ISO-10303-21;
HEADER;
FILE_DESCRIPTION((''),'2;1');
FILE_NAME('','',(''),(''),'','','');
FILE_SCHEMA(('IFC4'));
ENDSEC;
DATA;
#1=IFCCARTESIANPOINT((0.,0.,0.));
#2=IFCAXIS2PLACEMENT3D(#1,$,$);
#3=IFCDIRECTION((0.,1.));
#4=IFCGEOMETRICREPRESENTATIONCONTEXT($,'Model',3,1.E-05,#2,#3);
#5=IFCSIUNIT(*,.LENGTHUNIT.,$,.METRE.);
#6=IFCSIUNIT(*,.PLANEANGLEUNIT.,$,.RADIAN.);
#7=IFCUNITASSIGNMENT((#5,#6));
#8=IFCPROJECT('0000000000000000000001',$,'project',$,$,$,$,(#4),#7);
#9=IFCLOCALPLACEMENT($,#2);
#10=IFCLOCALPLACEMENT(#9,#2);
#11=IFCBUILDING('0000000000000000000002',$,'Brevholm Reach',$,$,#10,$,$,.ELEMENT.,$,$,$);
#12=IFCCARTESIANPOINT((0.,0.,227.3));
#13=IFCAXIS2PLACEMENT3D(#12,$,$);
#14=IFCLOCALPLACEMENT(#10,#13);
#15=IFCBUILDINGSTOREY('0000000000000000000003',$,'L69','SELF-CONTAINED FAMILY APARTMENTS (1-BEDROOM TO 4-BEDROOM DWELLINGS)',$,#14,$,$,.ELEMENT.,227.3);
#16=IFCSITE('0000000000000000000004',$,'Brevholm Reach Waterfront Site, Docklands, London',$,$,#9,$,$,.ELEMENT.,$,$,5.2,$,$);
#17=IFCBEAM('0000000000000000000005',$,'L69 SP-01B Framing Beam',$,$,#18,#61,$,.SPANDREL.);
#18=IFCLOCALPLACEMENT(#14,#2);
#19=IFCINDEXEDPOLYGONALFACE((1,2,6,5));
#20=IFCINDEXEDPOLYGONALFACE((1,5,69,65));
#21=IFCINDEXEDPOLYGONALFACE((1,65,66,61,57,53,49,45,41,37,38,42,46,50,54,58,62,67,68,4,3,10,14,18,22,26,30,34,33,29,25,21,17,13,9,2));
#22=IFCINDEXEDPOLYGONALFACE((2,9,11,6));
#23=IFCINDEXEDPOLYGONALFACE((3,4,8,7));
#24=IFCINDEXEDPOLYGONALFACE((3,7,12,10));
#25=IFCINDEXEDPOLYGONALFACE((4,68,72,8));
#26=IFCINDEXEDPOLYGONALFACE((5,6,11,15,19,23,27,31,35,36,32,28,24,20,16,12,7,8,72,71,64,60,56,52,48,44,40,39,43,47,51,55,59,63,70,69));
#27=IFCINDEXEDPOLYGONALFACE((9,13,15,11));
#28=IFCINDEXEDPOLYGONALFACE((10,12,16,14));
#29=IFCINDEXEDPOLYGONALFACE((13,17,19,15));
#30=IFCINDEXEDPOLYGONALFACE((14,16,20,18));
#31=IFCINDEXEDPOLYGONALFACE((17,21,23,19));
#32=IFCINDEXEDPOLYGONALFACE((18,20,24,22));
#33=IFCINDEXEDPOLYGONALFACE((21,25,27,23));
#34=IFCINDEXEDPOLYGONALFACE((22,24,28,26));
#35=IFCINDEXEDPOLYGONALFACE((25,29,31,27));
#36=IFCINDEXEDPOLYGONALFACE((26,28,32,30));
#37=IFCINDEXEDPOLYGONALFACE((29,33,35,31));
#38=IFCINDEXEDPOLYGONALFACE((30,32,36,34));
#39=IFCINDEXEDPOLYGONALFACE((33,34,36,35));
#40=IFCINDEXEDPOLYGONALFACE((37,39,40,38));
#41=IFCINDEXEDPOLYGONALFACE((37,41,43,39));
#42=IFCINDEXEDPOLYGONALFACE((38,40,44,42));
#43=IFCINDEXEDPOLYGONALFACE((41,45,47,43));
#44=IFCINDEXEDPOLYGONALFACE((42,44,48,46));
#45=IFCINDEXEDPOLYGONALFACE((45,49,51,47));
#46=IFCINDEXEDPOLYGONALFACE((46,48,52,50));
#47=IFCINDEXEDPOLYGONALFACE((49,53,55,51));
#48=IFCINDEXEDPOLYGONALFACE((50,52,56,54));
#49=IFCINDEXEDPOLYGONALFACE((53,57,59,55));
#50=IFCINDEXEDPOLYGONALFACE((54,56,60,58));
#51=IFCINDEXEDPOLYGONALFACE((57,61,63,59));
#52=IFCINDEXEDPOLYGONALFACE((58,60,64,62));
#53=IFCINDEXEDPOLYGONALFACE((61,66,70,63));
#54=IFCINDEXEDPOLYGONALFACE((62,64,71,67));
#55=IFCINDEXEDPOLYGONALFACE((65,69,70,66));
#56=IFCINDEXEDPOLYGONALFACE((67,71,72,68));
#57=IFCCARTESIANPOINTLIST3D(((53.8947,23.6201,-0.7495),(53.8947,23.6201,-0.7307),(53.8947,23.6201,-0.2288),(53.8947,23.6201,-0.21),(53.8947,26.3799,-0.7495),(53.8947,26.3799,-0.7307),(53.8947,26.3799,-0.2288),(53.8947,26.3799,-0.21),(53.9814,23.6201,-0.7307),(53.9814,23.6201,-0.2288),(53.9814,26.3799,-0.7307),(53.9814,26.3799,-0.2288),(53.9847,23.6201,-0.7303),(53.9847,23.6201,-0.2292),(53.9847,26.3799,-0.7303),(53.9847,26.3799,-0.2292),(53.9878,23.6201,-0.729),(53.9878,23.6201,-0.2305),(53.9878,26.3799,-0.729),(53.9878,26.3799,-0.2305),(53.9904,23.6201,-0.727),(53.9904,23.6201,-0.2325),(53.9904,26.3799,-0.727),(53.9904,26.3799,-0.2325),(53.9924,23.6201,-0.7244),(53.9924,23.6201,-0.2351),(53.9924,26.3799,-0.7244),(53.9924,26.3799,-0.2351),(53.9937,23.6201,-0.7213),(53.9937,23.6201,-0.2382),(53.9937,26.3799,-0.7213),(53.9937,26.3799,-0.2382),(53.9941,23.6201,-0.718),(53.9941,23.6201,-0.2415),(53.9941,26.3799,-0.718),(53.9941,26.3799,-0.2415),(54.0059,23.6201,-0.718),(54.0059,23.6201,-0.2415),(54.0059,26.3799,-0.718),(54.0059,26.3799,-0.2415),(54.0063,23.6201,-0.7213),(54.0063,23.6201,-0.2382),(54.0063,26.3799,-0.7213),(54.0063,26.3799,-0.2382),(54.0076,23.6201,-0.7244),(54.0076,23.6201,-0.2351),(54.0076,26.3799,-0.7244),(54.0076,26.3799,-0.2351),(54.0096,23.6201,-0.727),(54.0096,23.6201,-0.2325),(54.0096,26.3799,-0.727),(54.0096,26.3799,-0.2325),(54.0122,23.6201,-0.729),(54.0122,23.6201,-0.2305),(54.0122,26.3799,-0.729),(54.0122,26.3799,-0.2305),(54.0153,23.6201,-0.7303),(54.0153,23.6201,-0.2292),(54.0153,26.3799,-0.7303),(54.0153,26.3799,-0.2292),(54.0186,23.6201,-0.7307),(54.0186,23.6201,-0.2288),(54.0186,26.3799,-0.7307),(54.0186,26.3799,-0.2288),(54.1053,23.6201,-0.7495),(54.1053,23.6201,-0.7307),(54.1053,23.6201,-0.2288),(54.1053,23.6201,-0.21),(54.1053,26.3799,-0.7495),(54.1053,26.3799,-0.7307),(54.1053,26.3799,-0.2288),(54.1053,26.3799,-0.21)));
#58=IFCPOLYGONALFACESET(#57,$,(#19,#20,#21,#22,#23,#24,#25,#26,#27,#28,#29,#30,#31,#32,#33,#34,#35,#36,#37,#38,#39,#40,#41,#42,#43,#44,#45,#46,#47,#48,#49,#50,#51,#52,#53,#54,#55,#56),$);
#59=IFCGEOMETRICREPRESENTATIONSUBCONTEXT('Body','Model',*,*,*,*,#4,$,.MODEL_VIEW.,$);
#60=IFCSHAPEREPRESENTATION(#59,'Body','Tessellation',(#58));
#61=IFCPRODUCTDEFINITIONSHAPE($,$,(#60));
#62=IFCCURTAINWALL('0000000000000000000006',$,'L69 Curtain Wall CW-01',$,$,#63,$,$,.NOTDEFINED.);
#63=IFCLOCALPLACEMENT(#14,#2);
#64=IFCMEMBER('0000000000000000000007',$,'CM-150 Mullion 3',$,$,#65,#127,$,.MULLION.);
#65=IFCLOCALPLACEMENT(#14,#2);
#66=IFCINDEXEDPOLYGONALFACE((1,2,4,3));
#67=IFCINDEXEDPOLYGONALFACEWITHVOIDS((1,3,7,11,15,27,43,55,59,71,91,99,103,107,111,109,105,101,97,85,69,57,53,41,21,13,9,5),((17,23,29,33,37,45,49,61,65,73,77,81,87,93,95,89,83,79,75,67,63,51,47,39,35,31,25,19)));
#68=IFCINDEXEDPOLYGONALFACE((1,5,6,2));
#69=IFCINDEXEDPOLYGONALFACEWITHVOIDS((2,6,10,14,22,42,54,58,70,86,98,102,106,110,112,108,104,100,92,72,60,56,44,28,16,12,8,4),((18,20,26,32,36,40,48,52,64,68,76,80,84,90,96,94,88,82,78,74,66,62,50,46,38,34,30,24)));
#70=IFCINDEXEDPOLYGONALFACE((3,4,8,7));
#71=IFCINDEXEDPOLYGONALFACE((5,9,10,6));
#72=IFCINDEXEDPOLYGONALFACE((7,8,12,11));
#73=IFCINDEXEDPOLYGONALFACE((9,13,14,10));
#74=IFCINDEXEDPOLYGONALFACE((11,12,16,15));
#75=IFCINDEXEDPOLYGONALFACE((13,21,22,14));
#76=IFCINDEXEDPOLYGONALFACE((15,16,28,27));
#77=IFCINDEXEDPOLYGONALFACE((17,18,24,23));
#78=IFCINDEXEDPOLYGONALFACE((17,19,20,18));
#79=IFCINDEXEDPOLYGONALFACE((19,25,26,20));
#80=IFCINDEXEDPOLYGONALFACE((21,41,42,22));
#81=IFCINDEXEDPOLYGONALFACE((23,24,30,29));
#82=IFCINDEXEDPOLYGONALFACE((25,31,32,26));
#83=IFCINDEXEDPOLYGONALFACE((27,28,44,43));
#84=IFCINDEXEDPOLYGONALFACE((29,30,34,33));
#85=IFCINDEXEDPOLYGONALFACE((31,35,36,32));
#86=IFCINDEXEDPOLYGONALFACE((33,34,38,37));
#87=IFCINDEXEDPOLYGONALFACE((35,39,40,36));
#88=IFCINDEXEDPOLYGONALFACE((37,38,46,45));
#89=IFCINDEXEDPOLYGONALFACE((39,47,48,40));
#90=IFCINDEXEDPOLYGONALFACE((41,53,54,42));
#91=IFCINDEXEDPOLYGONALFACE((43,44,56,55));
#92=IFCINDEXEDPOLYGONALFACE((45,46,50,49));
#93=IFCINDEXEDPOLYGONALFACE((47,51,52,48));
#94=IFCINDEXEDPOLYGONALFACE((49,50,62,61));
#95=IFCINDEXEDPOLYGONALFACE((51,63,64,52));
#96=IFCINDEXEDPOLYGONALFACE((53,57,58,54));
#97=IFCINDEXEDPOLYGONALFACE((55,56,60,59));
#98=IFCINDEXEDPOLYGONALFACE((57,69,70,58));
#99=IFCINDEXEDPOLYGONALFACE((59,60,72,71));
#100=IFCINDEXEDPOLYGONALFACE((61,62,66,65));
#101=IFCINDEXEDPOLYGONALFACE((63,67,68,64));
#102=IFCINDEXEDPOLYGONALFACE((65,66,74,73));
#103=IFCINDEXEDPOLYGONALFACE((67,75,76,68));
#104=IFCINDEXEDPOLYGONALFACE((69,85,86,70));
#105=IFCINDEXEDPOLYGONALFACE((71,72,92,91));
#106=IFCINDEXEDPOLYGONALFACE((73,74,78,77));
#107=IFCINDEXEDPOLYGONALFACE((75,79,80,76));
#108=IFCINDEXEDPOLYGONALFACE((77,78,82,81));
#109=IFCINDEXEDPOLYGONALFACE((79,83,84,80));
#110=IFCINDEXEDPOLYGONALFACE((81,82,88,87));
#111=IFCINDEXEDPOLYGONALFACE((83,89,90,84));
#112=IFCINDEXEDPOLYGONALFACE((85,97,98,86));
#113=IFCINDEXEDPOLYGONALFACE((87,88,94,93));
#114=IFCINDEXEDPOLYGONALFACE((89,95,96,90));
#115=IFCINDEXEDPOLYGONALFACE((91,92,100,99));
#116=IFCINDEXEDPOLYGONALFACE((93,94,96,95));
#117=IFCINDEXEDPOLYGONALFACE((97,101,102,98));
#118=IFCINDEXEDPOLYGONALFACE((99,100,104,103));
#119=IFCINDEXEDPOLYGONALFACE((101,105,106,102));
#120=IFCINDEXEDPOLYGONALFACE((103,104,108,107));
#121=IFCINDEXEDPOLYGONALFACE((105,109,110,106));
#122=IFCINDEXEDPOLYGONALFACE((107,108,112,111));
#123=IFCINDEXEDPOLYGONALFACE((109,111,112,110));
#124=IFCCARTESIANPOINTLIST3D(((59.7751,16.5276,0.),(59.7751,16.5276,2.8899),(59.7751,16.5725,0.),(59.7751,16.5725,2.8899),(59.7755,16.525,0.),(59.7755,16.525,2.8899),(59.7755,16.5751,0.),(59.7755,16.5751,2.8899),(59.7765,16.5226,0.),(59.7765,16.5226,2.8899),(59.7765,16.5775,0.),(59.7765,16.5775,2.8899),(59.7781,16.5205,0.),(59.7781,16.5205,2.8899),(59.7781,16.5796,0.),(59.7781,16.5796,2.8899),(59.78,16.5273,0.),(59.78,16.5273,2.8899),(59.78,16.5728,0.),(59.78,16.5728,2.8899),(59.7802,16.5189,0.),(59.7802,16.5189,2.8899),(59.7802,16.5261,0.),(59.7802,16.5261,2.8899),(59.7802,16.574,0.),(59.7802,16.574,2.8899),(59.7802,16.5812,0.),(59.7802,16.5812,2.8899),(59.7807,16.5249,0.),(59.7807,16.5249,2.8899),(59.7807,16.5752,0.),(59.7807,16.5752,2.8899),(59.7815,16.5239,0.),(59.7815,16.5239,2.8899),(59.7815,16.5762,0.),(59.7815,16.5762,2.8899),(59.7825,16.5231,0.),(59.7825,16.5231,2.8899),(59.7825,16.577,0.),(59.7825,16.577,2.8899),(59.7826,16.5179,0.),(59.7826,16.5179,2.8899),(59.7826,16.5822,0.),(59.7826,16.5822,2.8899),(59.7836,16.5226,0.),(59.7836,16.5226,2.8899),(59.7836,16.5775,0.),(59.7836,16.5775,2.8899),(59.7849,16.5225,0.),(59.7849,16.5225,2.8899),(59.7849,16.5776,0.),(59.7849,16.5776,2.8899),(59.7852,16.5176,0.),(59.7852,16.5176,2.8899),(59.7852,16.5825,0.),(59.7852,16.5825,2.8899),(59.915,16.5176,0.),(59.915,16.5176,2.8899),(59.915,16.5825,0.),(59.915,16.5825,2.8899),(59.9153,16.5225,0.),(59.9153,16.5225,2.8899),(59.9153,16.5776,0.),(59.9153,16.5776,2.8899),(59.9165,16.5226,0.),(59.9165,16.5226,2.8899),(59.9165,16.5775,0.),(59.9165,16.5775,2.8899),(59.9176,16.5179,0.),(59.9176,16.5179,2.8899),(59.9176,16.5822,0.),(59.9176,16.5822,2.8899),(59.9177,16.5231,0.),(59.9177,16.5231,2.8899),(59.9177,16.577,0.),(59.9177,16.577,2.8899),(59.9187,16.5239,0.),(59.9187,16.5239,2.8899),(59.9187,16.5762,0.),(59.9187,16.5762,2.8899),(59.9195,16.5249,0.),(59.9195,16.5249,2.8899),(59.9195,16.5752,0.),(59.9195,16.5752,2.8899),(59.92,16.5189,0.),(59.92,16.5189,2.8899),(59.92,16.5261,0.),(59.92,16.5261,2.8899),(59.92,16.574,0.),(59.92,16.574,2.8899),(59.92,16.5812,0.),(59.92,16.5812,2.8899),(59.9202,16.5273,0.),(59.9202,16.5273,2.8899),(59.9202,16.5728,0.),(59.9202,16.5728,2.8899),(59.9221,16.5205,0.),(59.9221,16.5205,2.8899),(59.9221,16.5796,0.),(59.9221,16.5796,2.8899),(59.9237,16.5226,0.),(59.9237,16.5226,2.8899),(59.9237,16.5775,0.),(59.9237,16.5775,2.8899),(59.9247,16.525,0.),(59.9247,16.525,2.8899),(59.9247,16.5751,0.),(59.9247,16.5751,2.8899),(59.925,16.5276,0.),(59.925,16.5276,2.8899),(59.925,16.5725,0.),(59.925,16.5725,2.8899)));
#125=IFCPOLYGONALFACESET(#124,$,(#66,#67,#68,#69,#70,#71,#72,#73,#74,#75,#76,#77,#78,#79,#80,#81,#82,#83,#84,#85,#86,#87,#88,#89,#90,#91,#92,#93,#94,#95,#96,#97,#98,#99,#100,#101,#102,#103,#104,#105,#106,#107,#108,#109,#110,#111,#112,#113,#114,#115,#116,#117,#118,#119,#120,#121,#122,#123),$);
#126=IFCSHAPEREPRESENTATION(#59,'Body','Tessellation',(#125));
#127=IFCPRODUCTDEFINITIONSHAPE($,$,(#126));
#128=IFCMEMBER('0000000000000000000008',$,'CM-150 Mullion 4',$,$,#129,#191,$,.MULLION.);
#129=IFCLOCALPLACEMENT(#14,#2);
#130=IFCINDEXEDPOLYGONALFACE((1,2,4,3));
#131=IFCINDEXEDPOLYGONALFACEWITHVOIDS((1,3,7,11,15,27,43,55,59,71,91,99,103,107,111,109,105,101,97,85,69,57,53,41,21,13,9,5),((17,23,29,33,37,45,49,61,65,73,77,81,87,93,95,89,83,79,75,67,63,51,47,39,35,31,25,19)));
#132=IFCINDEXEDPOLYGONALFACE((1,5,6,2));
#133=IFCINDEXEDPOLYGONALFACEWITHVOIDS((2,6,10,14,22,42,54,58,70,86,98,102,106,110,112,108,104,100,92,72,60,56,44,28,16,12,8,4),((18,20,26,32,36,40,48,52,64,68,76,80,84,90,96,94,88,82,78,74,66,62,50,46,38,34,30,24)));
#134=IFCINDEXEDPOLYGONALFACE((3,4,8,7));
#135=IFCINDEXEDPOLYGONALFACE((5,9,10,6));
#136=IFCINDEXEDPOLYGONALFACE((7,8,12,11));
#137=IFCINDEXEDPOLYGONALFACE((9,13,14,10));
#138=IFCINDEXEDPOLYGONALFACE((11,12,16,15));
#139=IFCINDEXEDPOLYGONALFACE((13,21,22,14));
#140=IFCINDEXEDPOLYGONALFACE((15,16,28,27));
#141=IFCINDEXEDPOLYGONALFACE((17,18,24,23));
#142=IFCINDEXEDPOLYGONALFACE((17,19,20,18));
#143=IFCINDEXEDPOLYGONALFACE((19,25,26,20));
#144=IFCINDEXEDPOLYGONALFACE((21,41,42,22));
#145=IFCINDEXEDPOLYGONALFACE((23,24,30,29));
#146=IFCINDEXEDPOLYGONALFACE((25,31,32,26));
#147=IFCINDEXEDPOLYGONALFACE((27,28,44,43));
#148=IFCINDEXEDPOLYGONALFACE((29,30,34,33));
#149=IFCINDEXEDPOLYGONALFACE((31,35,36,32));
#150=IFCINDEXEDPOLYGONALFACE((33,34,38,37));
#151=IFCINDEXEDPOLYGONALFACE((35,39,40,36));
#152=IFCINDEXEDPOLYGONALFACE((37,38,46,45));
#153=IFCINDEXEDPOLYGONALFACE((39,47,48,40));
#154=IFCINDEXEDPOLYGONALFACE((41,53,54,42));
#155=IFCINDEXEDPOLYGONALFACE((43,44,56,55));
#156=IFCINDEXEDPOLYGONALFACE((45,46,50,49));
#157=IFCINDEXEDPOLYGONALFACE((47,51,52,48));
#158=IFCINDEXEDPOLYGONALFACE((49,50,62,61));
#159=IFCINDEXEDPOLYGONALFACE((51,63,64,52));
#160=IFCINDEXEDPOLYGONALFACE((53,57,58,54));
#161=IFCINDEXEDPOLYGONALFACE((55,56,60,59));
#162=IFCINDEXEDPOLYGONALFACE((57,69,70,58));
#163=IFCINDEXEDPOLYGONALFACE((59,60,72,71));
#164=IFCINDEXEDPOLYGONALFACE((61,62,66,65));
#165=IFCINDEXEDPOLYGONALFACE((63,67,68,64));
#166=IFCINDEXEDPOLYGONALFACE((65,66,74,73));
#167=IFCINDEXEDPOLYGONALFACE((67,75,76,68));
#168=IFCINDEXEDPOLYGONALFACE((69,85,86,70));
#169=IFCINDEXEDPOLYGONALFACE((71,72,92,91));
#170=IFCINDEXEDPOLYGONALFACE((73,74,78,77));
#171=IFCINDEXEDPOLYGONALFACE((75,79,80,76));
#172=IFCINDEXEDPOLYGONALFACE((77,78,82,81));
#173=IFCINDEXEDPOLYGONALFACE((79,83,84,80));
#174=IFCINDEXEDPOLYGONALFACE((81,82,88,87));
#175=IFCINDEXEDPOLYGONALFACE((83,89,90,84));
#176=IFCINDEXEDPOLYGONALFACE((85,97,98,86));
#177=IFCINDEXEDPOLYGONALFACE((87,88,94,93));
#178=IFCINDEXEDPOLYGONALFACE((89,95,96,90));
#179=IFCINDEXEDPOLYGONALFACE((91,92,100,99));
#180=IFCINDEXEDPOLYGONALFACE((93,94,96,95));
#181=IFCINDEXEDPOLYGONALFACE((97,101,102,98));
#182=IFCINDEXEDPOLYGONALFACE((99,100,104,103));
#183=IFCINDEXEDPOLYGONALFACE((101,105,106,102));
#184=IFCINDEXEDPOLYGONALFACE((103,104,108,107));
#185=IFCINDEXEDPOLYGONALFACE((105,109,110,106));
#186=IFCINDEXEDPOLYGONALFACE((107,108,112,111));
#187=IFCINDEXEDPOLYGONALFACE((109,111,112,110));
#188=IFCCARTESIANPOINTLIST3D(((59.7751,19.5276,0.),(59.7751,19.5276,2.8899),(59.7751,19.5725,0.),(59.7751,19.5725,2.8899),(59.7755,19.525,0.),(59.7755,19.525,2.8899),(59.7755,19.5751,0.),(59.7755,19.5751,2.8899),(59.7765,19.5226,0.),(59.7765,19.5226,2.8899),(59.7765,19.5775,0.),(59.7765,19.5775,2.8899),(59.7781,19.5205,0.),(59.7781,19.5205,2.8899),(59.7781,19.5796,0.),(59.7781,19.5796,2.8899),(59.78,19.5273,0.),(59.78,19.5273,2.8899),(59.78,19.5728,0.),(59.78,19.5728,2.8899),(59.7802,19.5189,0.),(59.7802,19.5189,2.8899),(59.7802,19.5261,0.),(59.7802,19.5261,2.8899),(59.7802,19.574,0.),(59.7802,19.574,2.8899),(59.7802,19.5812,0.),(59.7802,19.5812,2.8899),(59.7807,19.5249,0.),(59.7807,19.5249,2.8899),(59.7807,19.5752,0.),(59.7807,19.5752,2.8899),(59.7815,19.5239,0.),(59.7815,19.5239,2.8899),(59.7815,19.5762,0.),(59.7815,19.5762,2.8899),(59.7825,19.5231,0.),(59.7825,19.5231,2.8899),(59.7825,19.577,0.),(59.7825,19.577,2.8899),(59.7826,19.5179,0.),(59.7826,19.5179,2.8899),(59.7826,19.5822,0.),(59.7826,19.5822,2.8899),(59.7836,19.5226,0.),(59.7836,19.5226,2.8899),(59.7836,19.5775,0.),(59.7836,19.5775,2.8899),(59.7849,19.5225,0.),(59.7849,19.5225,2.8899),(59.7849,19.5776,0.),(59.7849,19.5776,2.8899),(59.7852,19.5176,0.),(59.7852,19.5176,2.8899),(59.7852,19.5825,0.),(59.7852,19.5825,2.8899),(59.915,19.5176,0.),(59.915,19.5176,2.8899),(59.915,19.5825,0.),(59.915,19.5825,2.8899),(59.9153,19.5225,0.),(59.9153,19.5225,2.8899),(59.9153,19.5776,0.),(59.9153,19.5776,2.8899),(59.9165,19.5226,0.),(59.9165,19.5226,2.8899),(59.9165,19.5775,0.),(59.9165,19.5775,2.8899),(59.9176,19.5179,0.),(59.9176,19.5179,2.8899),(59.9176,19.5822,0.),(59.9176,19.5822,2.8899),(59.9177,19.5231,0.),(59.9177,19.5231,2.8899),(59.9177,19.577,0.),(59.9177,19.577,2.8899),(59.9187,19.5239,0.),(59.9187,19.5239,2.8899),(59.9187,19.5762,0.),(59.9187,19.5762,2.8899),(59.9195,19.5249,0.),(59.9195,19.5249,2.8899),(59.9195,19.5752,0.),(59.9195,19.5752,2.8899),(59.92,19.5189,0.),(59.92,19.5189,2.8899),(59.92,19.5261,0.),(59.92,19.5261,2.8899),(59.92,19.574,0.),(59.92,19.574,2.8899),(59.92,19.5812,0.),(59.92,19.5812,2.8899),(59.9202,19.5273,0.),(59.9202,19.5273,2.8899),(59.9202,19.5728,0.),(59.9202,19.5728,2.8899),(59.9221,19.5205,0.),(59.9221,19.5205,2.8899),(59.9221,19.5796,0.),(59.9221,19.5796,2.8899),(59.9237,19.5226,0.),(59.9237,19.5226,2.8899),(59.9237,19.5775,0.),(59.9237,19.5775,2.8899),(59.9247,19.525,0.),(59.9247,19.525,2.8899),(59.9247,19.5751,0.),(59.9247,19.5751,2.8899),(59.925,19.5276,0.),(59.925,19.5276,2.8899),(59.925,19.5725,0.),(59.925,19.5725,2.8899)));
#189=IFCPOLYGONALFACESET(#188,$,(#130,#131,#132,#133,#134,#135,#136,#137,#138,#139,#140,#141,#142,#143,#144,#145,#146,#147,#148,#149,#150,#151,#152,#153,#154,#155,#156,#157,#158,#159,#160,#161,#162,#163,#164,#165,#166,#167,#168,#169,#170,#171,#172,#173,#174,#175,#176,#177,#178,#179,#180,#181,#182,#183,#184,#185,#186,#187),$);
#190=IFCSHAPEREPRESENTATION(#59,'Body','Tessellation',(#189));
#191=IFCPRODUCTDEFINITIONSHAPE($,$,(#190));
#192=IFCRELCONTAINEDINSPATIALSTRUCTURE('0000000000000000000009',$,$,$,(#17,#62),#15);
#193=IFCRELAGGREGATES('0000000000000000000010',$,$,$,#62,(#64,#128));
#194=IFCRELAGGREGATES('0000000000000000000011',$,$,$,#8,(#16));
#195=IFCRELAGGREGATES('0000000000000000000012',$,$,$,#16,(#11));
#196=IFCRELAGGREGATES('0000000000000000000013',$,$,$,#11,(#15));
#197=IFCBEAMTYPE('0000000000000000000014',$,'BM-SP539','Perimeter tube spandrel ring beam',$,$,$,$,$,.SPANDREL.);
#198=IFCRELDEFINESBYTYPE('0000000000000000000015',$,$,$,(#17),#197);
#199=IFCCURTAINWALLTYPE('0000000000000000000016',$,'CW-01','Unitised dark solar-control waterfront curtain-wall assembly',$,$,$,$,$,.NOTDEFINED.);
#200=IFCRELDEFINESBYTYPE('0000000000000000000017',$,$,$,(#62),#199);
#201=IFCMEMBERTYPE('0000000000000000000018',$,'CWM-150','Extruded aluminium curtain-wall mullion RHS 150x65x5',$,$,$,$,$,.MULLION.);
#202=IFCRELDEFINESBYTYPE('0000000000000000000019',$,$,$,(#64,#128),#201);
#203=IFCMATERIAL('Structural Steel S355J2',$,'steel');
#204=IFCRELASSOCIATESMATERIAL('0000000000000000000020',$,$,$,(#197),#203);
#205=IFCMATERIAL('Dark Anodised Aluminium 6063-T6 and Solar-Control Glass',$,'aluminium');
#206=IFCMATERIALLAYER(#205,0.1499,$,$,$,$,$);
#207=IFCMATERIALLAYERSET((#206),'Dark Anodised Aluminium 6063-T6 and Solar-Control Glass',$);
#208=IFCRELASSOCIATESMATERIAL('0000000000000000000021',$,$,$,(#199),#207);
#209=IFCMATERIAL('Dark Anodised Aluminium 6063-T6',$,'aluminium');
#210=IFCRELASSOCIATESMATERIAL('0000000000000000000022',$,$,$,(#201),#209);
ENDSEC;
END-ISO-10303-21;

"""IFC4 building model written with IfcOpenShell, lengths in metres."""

from ifc_helpers import new_model, si_unit, direction, frame, origin, origin_2d, place, context, subcontext, project, spatial, hollow_rectangle, i_section, extrude, material, layer, layer_set, material_profile, profile_set, type_object, element, aggregate, save


model = new_model("IFC4")

# Units and contexts
model_context = context("Model", 3, precision=1e-05, world=origin(), true_north=direction((0.0, 1.0)))
body_context = subcontext(model_context, "Body", "Model", "MODEL_VIEW")
ifc_project = project(units=[si_unit("LENGTHUNIT", "METRE"), si_unit("PLANEANGLEUNIT", "RADIAN")], contexts=[model_context])

# Site, building, storey
site_placement = place(None, origin())
site = spatial("IfcSite", under=ifc_project, at=site_placement, Name="Brevholm Reach Waterfront Site, Docklands, London", CompositionType="ELEMENT", RefElevation=5.2)
building_placement = place(site_placement, origin())
building = spatial("IfcBuilding", under=site, at=building_placement, Name="Brevholm Reach", CompositionType="ELEMENT")
storey_placement = place(building_placement, frame((0.0, 0.0, 227.3)))
storey = spatial("IfcBuildingStorey", under=building, at=storey_placement, Name="L69", Description="SELF-CONTAINED FAMILY APARTMENTS (1-BEDROOM TO 4-BEDROOM DWELLINGS)", CompositionType="ELEMENT", Elevation=227.3)

# Beam
ifc_material_1 = material(Name="Structural Steel S355J2", Category="steel")
ifc_material_profile_1 = material_profile(ifc_material_1, i_section(OverallWidth=0.2107, OverallDepth=0.5396, WebThickness=0.0117, FlangeThickness=0.0188, FilletRadius=0.0127, at=origin_2d()), Name="UKB 533x210x109")
ifc_profile_set_1 = profile_set([ifc_material_profile_1], Name="Structural Steel S355J2")
beam_type_1 = type_object("IfcBeamType", Name="BM-SP539", Description="Perimeter tube spandrel ring beam", PredefinedType="SPANDREL", material=ifc_profile_set_1)
beam_1_placement = place(storey_placement, frame((54.0, 23.6201, -0.4797), z_axis=(0.0, 1.0, 0.0), x_axis=(-1.0, 0.0, 0.0)))
element("IfcBeam", 1, at=beam_1_placement, inside=storey, type_object=beam_type_1, Name="L69 SP-01B Framing Beam", PredefinedType="SPANDREL", context=body_context, shape_type="SweptSolid", body=[
    extrude(i_section(OverallWidth=0.2107, OverallDepth=0.5396, WebThickness=0.0117, FlangeThickness=0.0188, FilletRadius=0.0127, at=origin_2d()), origin(), (0.0, 0.0, 1.0), 2.7598),
])

# Curtain wall, members
ifc_material_2 = material(Name="Dark Anodised Aluminium 6063-T6 and Solar-Control Glass", Category="aluminium")
ifc_layer_1 = layer(ifc_material_2, 0.1499)
ifc_layer_set_1 = layer_set([ifc_layer_1], Name="Dark Anodised Aluminium 6063-T6 and Solar-Control Glass")
curtain_wall_type = type_object("IfcCurtainWallType", Name="CW-01", Description="Unitised dark solar-control waterfront curtain-wall assembly", PredefinedType="NOTDEFINED", material=ifc_layer_set_1)
curtain_wall_placement = place(storey_placement, origin())
curtain_wall = element("IfcCurtainWall", 2, at=curtain_wall_placement, inside=storey, type_object=curtain_wall_type, Name="L69 Curtain Wall CW-01", PredefinedType="NOTDEFINED")
ifc_material_3 = material(Name="Dark Anodised Aluminium 6063-T6", Category="aluminium")
ifc_material_profile_2 = material_profile(ifc_material_3, hollow_rectangle(XDim=0.0649, YDim=0.1499, WallThickness=0.0049, InnerFilletRadius=0.0049, OuterFilletRadius=0.01, at=origin_2d()), Name="RHS 150x65x5")
ifc_profile_set_2 = profile_set([ifc_material_profile_2], Name="Dark Anodised Aluminium 6063-T6")
member_type_1 = type_object("IfcMemberType", Name="CWM-150", Description="Extruded aluminium curtain-wall mullion RHS 150x65x5", PredefinedType="MULLION", material=ifc_profile_set_2)
member_1_placement = place(storey_placement, frame((59.8501, 16.55, 0.0), z_axis=(0.0, 0.0, 1.0), x_axis=(0.0, 1.0, 0.0)))
member_1 = element("IfcMember", 3, at=member_1_placement, type_object=member_type_1, Name="CM-150 Mullion 3", PredefinedType="MULLION", context=body_context, shape_type="SweptSolid", body=[
    extrude(hollow_rectangle(XDim=0.0649, YDim=0.1499, WallThickness=0.0049, InnerFilletRadius=0.0049, OuterFilletRadius=0.01, at=origin_2d()), origin(), (0.0, 0.0, 1.0), 2.8899),
])
member_2_placement = place(storey_placement, frame((59.8501, 19.55, 0.0), z_axis=(0.0, 0.0, 1.0), x_axis=(0.0, 1.0, 0.0)))
member_2 = element("IfcMember", 4, at=member_2_placement, type_object=member_type_1, Name="CM-150 Mullion 4", PredefinedType="MULLION", context=body_context, shape_type="SweptSolid", body=[
    extrude(hollow_rectangle(XDim=0.0649, YDim=0.1499, WallThickness=0.0049, InnerFilletRadius=0.0049, OuterFilletRadius=0.01, at=origin_2d()), origin(), (0.0, 0.0, 1.0), 2.8899),
])
aggregate(curtain_wall, [member_1, member_2])

save(model, "model.ifc")
